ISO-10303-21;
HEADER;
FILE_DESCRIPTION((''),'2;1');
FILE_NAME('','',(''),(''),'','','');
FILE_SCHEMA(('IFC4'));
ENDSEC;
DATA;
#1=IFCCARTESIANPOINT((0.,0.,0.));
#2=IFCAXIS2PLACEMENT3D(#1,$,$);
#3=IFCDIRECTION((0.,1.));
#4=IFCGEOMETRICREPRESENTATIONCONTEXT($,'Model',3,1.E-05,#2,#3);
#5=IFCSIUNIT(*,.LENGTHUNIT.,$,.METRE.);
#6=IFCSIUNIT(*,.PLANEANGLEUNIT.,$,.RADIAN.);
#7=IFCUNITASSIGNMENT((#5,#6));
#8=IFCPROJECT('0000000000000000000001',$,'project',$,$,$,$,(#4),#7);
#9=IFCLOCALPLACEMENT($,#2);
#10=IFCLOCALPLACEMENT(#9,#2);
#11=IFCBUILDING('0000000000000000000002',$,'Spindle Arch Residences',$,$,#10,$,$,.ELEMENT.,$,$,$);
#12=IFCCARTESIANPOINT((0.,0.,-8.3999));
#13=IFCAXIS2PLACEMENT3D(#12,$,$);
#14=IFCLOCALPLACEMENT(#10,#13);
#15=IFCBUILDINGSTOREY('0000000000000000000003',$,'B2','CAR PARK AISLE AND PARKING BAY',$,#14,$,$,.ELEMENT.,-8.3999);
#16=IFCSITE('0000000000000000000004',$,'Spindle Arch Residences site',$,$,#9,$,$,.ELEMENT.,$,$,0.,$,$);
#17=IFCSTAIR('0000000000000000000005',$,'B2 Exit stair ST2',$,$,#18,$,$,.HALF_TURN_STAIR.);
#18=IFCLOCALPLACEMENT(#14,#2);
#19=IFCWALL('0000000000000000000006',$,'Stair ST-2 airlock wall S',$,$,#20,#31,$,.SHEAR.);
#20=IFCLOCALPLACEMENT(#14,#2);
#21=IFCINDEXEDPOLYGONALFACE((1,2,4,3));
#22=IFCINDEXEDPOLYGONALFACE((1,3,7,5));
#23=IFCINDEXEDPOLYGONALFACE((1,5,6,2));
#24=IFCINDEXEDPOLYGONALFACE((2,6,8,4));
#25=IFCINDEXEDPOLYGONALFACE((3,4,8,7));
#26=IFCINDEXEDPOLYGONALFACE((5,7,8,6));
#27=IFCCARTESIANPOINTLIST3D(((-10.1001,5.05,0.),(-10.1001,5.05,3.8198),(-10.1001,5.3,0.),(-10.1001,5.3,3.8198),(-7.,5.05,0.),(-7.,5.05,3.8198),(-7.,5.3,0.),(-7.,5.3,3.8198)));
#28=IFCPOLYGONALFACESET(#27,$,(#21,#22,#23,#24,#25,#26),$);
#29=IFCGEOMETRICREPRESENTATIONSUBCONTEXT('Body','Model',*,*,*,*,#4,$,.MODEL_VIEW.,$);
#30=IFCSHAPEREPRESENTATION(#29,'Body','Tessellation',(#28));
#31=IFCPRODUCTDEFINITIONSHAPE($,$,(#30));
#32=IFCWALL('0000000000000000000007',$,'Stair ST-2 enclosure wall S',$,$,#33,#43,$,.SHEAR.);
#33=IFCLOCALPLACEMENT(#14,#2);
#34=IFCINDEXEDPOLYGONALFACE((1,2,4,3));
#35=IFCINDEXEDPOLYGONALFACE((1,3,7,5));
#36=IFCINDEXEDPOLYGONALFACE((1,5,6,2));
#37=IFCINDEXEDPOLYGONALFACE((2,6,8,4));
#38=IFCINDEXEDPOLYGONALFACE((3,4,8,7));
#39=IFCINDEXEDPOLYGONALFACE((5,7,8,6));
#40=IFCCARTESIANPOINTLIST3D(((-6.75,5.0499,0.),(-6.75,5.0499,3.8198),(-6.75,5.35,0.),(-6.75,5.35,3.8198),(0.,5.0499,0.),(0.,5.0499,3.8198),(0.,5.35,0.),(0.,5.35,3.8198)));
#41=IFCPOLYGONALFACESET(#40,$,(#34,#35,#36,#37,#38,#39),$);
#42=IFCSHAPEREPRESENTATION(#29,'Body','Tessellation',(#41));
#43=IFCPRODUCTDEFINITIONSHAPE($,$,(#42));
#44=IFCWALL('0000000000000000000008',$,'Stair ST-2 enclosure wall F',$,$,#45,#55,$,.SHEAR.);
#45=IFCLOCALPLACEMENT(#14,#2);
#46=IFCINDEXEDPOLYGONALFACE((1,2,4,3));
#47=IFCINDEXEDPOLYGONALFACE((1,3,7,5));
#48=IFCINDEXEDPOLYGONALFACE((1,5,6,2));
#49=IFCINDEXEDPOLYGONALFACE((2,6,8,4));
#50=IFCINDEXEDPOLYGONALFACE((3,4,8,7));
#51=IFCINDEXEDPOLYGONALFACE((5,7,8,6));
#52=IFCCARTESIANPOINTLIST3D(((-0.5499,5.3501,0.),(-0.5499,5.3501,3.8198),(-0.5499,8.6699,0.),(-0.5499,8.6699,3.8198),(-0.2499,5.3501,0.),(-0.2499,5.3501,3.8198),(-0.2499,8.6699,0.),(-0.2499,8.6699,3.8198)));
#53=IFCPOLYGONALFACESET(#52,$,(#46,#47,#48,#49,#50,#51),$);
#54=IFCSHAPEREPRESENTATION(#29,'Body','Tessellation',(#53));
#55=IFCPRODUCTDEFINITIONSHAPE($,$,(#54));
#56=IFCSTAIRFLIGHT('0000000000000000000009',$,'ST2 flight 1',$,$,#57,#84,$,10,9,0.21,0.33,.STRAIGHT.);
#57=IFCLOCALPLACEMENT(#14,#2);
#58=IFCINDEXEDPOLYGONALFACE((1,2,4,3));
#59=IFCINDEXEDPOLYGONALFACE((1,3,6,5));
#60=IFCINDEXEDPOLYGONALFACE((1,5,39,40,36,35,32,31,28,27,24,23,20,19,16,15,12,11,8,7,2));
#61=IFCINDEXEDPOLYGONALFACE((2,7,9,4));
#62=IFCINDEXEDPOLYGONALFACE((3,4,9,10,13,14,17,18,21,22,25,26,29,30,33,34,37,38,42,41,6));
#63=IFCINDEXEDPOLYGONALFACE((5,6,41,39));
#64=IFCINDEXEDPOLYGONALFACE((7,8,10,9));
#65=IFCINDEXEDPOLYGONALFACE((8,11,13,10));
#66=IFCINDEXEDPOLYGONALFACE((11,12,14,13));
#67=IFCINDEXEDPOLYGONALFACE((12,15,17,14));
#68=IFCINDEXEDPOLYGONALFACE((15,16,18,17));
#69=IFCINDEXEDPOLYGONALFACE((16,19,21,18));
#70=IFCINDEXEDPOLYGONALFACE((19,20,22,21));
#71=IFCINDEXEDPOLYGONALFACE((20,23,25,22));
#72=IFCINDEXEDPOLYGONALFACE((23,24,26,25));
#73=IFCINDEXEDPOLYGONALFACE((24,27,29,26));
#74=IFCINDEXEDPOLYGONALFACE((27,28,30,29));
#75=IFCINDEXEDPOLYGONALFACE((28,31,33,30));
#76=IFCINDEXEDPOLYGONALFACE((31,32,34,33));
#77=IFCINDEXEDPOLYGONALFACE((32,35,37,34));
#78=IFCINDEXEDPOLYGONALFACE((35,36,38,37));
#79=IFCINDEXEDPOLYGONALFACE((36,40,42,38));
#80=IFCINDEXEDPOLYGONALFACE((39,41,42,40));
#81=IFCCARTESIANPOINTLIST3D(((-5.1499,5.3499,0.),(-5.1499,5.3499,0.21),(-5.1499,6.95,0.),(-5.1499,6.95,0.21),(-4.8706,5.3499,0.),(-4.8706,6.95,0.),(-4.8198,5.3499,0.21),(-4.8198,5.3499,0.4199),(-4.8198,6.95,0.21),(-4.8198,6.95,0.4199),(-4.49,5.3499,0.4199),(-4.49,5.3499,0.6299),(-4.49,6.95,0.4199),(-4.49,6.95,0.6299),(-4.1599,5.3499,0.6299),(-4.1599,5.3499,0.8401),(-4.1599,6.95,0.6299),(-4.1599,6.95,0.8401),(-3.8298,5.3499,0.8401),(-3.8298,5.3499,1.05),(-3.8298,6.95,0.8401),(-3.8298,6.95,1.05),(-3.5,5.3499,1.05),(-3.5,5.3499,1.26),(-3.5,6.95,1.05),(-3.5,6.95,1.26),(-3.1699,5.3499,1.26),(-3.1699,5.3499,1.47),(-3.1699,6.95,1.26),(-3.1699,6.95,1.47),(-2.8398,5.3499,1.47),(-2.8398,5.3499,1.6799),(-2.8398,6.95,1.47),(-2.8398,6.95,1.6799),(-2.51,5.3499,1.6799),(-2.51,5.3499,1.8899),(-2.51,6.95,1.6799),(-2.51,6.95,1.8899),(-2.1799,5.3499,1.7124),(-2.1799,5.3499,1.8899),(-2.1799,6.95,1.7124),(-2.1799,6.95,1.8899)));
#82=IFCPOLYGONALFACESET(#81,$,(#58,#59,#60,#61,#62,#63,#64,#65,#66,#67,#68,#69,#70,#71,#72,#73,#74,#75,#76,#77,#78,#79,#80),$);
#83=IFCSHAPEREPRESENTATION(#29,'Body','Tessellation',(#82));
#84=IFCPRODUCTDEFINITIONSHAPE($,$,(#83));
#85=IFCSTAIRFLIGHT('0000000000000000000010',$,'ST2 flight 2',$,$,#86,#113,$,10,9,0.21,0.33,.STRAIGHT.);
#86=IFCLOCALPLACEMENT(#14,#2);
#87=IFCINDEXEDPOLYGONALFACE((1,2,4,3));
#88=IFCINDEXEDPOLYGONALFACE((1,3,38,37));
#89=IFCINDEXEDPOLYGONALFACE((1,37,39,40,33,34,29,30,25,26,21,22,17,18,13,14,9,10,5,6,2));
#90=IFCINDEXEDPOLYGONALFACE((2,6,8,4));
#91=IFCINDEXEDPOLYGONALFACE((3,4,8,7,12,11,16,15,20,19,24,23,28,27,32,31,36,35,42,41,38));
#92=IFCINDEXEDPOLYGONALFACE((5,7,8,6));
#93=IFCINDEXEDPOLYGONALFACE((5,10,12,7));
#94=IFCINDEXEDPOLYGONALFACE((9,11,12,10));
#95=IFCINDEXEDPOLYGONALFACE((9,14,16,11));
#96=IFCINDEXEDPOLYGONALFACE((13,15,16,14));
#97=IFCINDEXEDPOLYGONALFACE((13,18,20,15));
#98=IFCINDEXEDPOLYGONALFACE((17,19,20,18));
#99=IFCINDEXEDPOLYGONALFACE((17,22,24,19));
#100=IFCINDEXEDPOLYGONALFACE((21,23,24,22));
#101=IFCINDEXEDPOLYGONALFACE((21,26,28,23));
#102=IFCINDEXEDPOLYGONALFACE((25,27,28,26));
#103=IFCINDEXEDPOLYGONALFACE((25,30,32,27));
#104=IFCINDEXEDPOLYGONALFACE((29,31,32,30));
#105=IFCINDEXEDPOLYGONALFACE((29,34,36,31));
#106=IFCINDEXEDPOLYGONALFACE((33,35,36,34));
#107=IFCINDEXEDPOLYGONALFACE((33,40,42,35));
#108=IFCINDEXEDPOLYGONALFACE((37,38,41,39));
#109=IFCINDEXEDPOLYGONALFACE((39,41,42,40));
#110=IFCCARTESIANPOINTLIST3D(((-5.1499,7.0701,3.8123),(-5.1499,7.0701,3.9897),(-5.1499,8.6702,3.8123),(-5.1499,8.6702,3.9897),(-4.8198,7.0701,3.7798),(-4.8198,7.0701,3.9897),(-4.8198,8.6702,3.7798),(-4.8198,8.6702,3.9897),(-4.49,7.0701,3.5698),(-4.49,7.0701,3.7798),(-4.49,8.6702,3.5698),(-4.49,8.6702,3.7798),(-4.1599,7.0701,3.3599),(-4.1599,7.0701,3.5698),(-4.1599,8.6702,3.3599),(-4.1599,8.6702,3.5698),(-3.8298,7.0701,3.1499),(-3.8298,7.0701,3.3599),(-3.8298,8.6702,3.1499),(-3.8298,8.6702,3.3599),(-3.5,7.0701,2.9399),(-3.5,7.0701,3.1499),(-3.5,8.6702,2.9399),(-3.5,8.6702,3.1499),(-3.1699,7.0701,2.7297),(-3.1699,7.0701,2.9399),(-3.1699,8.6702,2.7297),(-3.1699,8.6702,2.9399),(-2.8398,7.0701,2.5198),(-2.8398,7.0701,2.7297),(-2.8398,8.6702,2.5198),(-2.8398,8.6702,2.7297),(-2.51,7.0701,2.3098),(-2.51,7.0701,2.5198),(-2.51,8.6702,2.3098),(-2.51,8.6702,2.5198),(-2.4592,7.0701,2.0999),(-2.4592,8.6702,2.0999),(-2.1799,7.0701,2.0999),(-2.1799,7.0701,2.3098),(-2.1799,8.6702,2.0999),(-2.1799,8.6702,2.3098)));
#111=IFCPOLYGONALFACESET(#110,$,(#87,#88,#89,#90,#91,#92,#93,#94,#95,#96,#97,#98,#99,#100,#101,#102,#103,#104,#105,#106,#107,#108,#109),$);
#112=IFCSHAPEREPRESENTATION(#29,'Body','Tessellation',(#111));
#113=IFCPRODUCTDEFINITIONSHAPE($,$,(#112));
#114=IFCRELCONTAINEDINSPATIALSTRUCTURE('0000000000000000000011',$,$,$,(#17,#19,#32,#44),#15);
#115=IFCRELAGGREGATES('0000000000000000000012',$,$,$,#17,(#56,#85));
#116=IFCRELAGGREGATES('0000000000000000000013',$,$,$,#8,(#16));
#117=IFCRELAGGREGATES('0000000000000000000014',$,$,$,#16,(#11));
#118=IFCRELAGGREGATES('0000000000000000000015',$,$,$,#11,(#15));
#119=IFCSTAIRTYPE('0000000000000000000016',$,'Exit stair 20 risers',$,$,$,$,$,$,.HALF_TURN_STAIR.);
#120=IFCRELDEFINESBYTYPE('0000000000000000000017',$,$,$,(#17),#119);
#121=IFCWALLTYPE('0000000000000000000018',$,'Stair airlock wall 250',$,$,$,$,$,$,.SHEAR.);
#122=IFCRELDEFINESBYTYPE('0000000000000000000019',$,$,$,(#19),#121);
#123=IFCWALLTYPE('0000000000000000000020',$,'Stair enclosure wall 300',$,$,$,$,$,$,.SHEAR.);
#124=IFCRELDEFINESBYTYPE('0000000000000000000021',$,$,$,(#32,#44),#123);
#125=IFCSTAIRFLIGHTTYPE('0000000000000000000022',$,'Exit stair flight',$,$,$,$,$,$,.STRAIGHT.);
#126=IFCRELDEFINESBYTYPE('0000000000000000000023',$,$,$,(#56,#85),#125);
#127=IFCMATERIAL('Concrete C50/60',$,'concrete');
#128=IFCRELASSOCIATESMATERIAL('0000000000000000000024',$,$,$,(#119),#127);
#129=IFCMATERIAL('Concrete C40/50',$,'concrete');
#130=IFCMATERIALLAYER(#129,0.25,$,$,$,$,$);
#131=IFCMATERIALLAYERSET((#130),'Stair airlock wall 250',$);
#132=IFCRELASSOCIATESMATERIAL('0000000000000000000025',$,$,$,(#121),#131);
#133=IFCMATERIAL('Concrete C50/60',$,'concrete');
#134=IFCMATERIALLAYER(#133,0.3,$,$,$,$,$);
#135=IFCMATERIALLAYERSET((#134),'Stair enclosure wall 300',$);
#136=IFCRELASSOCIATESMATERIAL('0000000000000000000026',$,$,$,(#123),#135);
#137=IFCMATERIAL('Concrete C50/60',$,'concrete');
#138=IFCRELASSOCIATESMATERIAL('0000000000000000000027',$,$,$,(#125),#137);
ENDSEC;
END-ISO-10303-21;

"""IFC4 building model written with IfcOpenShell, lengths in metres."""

from ifc_helpers import new_model, si_unit, direction, frame, frame_2d, origin, place, context, subcontext, project, spatial, polyline, rectangle, outline, extrude, material, layer, layer_set, type_object, element, aggregate, save


model = new_model("IFC4")

# Units and contexts
model_context = context("Model", 3, precision=1e-05, world=origin(), true_north=direction((0.0, 1.0)))
body_context = subcontext(model_context, "Body", "Model", "MODEL_VIEW")
ifc_project = project(units=[si_unit("LENGTHUNIT", "METRE"), si_unit("PLANEANGLEUNIT", "RADIAN")], contexts=[model_context])

# Site, building, storey
site_placement = place(None, origin())
site = spatial("IfcSite", under=ifc_project, at=site_placement, Name="Spindle Arch Residences site", CompositionType="ELEMENT", RefElevation=0.0)
building_placement = place(site_placement, origin())
building = spatial("IfcBuilding", under=site, at=building_placement, Name="Spindle Arch Residences", CompositionType="ELEMENT")
storey_placement = place(building_placement, frame((0.0, 0.0, -8.3999)))
storey = spatial("IfcBuildingStorey", under=building, at=storey_placement, Name="B2", Description="CAR PARK AISLE AND PARKING BAY", CompositionType="ELEMENT", Elevation=-8.3999)

# Stair
ifc_material_1 = material(Name="Concrete C50/60", Category="concrete")
stair_type = type_object("IfcStairType", Name="Exit stair 20 risers", PredefinedType="HALF_TURN_STAIR", material=ifc_material_1)
stair_1_placement = place(storey_placement, origin())
stair_1 = element("IfcStair", 1, at=stair_1_placement, inside=storey, type_object=stair_type, Name="B2 Exit stair ST2", PredefinedType="HALF_TURN_STAIR")

# Walls
ifc_material_2 = material(Name="Concrete C40/50", Category="concrete")
ifc_layer_1 = layer(ifc_material_2, 0.25)
ifc_layer_set_1 = layer_set([ifc_layer_1], Name="Stair airlock wall 250")
wall_type_1 = type_object("IfcWallType", Name="Stair airlock wall 250", PredefinedType="SHEAR", material=ifc_layer_set_1)
wall_1_placement = place(storey_placement, frame((-7.0, 5.175, 0.0), z_axis=(0.0, 0.0, 1.0), x_axis=(-1.0, 0.0, 0.0)))
element("IfcWall", 2, at=wall_1_placement, inside=storey, type_object=wall_type_1, Name="Stair ST-2 airlock wall S", PredefinedType="SHEAR", context=body_context, shape_type="SweptSolid", body=[
    extrude(rectangle(XDim=3.1001, YDim=0.25, at=frame_2d((1.55, 0.0))), origin(), (0.0, 0.0, 1.0), 3.8198),
])
ifc_material_3 = material(Name="Concrete C50/60", Category="concrete")
ifc_layer_2 = layer(ifc_material_3, 0.3)
ifc_layer_set_2 = layer_set([ifc_layer_2], Name="Stair enclosure wall 300")
wall_type_2 = type_object("IfcWallType", Name="Stair enclosure wall 300", PredefinedType="SHEAR", material=ifc_layer_set_2)
wall_2_placement = place(storey_placement, frame((-6.75, 5.2, 0.0), z_axis=(0.0, 0.0, 1.0), x_axis=(1.0, 0.0, 0.0)))
element("IfcWall", 3, at=wall_2_placement, inside=storey, type_object=wall_type_2, Name="Stair ST-2 enclosure wall S", PredefinedType="SHEAR", context=body_context, shape_type="SweptSolid", body=[
    extrude(rectangle(XDim=6.75, YDim=0.3, at=frame_2d((3.375, 0.0))), origin(), (0.0, 0.0, 1.0), 3.8198),
])
wall_3_placement = place(storey_placement, frame((-0.3999, 5.3501, 0.0), z_axis=(0.0, 0.0, 1.0), x_axis=(0.0, 1.0, 0.0)))
element("IfcWall", 4, at=wall_3_placement, inside=storey, type_object=wall_type_2, Name="Stair ST-2 enclosure wall F", PredefinedType="SHEAR", context=body_context, shape_type="SweptSolid", body=[
    extrude(rectangle(XDim=3.3198, YDim=0.3, at=frame_2d((1.6599, 0.0))), origin(), (0.0, 0.0, 1.0), 3.8198),
])

# Stair flights
ifc_material_4 = material(Name="Concrete C50/60", Category="concrete")
stair_flight_type = type_object("IfcStairFlightType", Name="Exit stair flight", PredefinedType="STRAIGHT", material=ifc_material_4)
stair_flight_1_placement = place(storey_placement, frame((-5.1499, 6.1499, 0.0), z_axis=(0.0, 0.0, 1.0), x_axis=(1.0, 0.0, 0.0)))
stair_flight_1 = element("IfcStairFlight", 5, at=stair_flight_1_placement, type_object=stair_flight_type, Name="ST2 flight 1", NumberOfRisers=10, NumberOfTreads=9, PredefinedType="STRAIGHT", RiserHeight=0.21, TreadLength=0.33, context=body_context, shape_type="SweptSolid", body=[
    extrude(outline(polyline([(0.0, 0.0), (0.0, 0.21), (0.3301, 0.21), (0.3301, 0.4199), (0.6599, 0.4199), (0.6599, 0.6299), (0.99, 0.6299), (0.99, 0.8401), (1.3201, 0.8401), (1.3201, 1.05), (1.6499, 1.05), (1.6499, 1.26), (1.98, 1.26), (1.98, 1.47), (2.3101, 1.47), (2.3101, 1.6799), (2.6399, 1.6799), (2.6399, 1.8899), (2.97, 1.8899), (2.97, 2.1001), (2.97, 1.7124), (0.2793, 0.0), (0.0, 0.0)])), frame((0.0, 0.8, 0.0), z_axis=(0.0, -1.0, 0.0), x_axis=(1.0, 0.0, 0.0)), (0.0, 0.0, 1.0), 1.6001),
])
stair_flight_2_placement = place(storey_placement, frame((-2.1799, 7.8701, 2.0999), z_axis=(0.0, 0.0, 1.0), x_axis=(-1.0, 0.0, 0.0)))
stair_flight_2 = element("IfcStairFlight", 6, at=stair_flight_2_placement, type_object=stair_flight_type, Name="ST2 flight 2", NumberOfRisers=10, NumberOfTreads=9, PredefinedType="STRAIGHT", RiserHeight=0.21, TreadLength=0.33, context=body_context, shape_type="SweptSolid", body=[
    extrude(outline(polyline([(0.0, 0.0), (0.0, 0.21), (0.3301, 0.21), (0.3301, 0.4199), (0.6599, 0.4199), (0.6599, 0.6299), (0.99, 0.6299), (0.99, 0.8401), (1.3201, 0.8401), (1.3201, 1.05), (1.6499, 1.05), (1.6499, 1.26), (1.98, 1.26), (1.98, 1.47), (2.3101, 1.47), (2.3101, 1.6799), (2.6399, 1.6799), (2.6399, 1.8899), (2.97, 1.8899), (2.97, 2.1001), (2.97, 1.7124), (0.2793, 0.0), (0.0, 0.0)])), frame((0.0, 0.8, 0.0), z_axis=(0.0, -1.0, 0.0), x_axis=(1.0, 0.0, 0.0)), (0.0, 0.0, 1.0), 1.6001),
])
aggregate(stair_1, [stair_flight_1, stair_flight_2])

save(model, "model.ifc")
